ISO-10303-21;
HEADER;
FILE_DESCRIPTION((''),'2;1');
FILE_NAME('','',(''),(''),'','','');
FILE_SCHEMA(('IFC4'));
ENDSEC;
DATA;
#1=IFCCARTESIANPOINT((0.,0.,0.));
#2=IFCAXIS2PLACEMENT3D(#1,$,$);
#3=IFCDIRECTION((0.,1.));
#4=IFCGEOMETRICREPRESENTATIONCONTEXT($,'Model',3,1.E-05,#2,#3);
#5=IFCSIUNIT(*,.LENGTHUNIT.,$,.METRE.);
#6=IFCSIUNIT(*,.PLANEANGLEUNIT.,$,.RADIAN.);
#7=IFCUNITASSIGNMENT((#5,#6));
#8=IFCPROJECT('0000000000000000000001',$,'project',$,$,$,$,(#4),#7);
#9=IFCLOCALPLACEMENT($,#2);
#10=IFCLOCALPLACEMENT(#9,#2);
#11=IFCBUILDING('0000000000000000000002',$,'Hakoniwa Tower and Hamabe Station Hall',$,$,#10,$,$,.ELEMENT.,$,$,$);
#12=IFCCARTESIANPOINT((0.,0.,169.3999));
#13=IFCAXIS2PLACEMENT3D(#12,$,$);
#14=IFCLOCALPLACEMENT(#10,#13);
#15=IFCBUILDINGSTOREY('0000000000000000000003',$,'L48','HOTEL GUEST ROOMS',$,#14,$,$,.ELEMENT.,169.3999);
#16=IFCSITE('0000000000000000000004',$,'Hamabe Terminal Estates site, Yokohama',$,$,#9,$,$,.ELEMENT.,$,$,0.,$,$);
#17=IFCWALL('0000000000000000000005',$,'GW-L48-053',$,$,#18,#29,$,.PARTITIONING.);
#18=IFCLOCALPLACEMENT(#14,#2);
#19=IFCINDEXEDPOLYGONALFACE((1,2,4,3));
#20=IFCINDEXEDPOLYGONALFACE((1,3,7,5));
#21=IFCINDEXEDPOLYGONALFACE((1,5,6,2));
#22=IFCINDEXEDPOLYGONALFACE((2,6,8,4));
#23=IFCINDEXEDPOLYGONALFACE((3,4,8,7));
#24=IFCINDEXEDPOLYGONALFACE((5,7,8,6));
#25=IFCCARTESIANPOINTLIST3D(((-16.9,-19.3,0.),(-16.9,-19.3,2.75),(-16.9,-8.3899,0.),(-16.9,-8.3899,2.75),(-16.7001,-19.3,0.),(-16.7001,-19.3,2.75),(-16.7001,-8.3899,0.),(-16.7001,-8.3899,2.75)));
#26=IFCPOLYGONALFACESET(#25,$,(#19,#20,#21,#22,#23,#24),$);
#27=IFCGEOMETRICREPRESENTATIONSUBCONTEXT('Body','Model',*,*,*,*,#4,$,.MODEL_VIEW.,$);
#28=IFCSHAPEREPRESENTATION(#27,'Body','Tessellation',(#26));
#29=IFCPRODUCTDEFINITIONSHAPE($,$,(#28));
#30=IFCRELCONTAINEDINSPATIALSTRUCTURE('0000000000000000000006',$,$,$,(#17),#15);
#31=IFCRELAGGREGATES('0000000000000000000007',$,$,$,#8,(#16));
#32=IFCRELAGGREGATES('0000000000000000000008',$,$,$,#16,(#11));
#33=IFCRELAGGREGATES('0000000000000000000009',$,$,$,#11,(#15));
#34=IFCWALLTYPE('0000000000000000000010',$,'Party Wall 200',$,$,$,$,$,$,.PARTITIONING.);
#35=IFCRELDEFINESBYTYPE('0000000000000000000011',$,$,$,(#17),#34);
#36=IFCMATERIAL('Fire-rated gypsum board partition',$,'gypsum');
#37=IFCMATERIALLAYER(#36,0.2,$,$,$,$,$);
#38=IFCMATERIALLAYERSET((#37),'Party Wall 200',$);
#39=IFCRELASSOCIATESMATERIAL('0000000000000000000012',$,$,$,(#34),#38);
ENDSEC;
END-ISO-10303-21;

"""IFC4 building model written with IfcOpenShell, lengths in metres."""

from ifc_helpers import new_model, si_unit, direction, frame, frame_2d, origin, place, context, subcontext, project, spatial, rectangle, extrude, material, layer, layer_set, type_object, element, save


model = new_model("IFC4")

# Units and contexts
model_context = context("Model", 3, precision=1e-05, world=origin(), true_north=direction((0.0, 1.0)))
body_context = subcontext(model_context, "Body", "Model", "MODEL_VIEW")
ifc_project = project(units=[si_unit("LENGTHUNIT", "METRE"), si_unit("PLANEANGLEUNIT", "RADIAN")], contexts=[model_context])

# Site, building, storey
site_placement = place(None, origin())
site = spatial("IfcSite", under=ifc_project, at=site_placement, Name="Hamabe Terminal Estates site, Yokohama", CompositionType="ELEMENT", RefElevation=0.0)
building_placement = place(site_placement, origin())
building = spatial("IfcBuilding", under=site, at=building_placement, Name="Hakoniwa Tower and Hamabe Station Hall", CompositionType="ELEMENT")
storey_placement = place(building_placement, frame((0.0, 0.0, 169.3999)))
storey = spatial("IfcBuildingStorey", under=building, at=storey_placement, Name="L48", Description="HOTEL GUEST ROOMS", CompositionType="ELEMENT", Elevation=169.3999)

# Wall
ifc_material_1 = material(Name="Fire-rated gypsum board partition", Category="gypsum")
ifc_layer_1 = layer(ifc_material_1, 0.2)
ifc_layer_set_1 = layer_set([ifc_layer_1], Name="Party Wall 200")
wall_type_1 = type_object("IfcWallType", Name="Party Wall 200", PredefinedType="PARTITIONING", material=ifc_layer_set_1)
wall_1_placement = place(storey_placement, frame((-16.8, -19.3, 0.0), z_axis=(0.0, 0.0, 1.0), x_axis=(0.0, 1.0, 0.0)))
element("IfcWall", 1, at=wall_1_placement, inside=storey, type_object=wall_type_1, Name="GW-L48-053", PredefinedType="PARTITIONING", context=body_context, shape_type="SweptSolid", body=[
    extrude(rectangle(XDim=10.9102, YDim=0.2, at=frame_2d((5.4551, 0.0))), origin(), (0.0, 0.0, 1.0), 2.75),
])

save(model, "model.ifc")
